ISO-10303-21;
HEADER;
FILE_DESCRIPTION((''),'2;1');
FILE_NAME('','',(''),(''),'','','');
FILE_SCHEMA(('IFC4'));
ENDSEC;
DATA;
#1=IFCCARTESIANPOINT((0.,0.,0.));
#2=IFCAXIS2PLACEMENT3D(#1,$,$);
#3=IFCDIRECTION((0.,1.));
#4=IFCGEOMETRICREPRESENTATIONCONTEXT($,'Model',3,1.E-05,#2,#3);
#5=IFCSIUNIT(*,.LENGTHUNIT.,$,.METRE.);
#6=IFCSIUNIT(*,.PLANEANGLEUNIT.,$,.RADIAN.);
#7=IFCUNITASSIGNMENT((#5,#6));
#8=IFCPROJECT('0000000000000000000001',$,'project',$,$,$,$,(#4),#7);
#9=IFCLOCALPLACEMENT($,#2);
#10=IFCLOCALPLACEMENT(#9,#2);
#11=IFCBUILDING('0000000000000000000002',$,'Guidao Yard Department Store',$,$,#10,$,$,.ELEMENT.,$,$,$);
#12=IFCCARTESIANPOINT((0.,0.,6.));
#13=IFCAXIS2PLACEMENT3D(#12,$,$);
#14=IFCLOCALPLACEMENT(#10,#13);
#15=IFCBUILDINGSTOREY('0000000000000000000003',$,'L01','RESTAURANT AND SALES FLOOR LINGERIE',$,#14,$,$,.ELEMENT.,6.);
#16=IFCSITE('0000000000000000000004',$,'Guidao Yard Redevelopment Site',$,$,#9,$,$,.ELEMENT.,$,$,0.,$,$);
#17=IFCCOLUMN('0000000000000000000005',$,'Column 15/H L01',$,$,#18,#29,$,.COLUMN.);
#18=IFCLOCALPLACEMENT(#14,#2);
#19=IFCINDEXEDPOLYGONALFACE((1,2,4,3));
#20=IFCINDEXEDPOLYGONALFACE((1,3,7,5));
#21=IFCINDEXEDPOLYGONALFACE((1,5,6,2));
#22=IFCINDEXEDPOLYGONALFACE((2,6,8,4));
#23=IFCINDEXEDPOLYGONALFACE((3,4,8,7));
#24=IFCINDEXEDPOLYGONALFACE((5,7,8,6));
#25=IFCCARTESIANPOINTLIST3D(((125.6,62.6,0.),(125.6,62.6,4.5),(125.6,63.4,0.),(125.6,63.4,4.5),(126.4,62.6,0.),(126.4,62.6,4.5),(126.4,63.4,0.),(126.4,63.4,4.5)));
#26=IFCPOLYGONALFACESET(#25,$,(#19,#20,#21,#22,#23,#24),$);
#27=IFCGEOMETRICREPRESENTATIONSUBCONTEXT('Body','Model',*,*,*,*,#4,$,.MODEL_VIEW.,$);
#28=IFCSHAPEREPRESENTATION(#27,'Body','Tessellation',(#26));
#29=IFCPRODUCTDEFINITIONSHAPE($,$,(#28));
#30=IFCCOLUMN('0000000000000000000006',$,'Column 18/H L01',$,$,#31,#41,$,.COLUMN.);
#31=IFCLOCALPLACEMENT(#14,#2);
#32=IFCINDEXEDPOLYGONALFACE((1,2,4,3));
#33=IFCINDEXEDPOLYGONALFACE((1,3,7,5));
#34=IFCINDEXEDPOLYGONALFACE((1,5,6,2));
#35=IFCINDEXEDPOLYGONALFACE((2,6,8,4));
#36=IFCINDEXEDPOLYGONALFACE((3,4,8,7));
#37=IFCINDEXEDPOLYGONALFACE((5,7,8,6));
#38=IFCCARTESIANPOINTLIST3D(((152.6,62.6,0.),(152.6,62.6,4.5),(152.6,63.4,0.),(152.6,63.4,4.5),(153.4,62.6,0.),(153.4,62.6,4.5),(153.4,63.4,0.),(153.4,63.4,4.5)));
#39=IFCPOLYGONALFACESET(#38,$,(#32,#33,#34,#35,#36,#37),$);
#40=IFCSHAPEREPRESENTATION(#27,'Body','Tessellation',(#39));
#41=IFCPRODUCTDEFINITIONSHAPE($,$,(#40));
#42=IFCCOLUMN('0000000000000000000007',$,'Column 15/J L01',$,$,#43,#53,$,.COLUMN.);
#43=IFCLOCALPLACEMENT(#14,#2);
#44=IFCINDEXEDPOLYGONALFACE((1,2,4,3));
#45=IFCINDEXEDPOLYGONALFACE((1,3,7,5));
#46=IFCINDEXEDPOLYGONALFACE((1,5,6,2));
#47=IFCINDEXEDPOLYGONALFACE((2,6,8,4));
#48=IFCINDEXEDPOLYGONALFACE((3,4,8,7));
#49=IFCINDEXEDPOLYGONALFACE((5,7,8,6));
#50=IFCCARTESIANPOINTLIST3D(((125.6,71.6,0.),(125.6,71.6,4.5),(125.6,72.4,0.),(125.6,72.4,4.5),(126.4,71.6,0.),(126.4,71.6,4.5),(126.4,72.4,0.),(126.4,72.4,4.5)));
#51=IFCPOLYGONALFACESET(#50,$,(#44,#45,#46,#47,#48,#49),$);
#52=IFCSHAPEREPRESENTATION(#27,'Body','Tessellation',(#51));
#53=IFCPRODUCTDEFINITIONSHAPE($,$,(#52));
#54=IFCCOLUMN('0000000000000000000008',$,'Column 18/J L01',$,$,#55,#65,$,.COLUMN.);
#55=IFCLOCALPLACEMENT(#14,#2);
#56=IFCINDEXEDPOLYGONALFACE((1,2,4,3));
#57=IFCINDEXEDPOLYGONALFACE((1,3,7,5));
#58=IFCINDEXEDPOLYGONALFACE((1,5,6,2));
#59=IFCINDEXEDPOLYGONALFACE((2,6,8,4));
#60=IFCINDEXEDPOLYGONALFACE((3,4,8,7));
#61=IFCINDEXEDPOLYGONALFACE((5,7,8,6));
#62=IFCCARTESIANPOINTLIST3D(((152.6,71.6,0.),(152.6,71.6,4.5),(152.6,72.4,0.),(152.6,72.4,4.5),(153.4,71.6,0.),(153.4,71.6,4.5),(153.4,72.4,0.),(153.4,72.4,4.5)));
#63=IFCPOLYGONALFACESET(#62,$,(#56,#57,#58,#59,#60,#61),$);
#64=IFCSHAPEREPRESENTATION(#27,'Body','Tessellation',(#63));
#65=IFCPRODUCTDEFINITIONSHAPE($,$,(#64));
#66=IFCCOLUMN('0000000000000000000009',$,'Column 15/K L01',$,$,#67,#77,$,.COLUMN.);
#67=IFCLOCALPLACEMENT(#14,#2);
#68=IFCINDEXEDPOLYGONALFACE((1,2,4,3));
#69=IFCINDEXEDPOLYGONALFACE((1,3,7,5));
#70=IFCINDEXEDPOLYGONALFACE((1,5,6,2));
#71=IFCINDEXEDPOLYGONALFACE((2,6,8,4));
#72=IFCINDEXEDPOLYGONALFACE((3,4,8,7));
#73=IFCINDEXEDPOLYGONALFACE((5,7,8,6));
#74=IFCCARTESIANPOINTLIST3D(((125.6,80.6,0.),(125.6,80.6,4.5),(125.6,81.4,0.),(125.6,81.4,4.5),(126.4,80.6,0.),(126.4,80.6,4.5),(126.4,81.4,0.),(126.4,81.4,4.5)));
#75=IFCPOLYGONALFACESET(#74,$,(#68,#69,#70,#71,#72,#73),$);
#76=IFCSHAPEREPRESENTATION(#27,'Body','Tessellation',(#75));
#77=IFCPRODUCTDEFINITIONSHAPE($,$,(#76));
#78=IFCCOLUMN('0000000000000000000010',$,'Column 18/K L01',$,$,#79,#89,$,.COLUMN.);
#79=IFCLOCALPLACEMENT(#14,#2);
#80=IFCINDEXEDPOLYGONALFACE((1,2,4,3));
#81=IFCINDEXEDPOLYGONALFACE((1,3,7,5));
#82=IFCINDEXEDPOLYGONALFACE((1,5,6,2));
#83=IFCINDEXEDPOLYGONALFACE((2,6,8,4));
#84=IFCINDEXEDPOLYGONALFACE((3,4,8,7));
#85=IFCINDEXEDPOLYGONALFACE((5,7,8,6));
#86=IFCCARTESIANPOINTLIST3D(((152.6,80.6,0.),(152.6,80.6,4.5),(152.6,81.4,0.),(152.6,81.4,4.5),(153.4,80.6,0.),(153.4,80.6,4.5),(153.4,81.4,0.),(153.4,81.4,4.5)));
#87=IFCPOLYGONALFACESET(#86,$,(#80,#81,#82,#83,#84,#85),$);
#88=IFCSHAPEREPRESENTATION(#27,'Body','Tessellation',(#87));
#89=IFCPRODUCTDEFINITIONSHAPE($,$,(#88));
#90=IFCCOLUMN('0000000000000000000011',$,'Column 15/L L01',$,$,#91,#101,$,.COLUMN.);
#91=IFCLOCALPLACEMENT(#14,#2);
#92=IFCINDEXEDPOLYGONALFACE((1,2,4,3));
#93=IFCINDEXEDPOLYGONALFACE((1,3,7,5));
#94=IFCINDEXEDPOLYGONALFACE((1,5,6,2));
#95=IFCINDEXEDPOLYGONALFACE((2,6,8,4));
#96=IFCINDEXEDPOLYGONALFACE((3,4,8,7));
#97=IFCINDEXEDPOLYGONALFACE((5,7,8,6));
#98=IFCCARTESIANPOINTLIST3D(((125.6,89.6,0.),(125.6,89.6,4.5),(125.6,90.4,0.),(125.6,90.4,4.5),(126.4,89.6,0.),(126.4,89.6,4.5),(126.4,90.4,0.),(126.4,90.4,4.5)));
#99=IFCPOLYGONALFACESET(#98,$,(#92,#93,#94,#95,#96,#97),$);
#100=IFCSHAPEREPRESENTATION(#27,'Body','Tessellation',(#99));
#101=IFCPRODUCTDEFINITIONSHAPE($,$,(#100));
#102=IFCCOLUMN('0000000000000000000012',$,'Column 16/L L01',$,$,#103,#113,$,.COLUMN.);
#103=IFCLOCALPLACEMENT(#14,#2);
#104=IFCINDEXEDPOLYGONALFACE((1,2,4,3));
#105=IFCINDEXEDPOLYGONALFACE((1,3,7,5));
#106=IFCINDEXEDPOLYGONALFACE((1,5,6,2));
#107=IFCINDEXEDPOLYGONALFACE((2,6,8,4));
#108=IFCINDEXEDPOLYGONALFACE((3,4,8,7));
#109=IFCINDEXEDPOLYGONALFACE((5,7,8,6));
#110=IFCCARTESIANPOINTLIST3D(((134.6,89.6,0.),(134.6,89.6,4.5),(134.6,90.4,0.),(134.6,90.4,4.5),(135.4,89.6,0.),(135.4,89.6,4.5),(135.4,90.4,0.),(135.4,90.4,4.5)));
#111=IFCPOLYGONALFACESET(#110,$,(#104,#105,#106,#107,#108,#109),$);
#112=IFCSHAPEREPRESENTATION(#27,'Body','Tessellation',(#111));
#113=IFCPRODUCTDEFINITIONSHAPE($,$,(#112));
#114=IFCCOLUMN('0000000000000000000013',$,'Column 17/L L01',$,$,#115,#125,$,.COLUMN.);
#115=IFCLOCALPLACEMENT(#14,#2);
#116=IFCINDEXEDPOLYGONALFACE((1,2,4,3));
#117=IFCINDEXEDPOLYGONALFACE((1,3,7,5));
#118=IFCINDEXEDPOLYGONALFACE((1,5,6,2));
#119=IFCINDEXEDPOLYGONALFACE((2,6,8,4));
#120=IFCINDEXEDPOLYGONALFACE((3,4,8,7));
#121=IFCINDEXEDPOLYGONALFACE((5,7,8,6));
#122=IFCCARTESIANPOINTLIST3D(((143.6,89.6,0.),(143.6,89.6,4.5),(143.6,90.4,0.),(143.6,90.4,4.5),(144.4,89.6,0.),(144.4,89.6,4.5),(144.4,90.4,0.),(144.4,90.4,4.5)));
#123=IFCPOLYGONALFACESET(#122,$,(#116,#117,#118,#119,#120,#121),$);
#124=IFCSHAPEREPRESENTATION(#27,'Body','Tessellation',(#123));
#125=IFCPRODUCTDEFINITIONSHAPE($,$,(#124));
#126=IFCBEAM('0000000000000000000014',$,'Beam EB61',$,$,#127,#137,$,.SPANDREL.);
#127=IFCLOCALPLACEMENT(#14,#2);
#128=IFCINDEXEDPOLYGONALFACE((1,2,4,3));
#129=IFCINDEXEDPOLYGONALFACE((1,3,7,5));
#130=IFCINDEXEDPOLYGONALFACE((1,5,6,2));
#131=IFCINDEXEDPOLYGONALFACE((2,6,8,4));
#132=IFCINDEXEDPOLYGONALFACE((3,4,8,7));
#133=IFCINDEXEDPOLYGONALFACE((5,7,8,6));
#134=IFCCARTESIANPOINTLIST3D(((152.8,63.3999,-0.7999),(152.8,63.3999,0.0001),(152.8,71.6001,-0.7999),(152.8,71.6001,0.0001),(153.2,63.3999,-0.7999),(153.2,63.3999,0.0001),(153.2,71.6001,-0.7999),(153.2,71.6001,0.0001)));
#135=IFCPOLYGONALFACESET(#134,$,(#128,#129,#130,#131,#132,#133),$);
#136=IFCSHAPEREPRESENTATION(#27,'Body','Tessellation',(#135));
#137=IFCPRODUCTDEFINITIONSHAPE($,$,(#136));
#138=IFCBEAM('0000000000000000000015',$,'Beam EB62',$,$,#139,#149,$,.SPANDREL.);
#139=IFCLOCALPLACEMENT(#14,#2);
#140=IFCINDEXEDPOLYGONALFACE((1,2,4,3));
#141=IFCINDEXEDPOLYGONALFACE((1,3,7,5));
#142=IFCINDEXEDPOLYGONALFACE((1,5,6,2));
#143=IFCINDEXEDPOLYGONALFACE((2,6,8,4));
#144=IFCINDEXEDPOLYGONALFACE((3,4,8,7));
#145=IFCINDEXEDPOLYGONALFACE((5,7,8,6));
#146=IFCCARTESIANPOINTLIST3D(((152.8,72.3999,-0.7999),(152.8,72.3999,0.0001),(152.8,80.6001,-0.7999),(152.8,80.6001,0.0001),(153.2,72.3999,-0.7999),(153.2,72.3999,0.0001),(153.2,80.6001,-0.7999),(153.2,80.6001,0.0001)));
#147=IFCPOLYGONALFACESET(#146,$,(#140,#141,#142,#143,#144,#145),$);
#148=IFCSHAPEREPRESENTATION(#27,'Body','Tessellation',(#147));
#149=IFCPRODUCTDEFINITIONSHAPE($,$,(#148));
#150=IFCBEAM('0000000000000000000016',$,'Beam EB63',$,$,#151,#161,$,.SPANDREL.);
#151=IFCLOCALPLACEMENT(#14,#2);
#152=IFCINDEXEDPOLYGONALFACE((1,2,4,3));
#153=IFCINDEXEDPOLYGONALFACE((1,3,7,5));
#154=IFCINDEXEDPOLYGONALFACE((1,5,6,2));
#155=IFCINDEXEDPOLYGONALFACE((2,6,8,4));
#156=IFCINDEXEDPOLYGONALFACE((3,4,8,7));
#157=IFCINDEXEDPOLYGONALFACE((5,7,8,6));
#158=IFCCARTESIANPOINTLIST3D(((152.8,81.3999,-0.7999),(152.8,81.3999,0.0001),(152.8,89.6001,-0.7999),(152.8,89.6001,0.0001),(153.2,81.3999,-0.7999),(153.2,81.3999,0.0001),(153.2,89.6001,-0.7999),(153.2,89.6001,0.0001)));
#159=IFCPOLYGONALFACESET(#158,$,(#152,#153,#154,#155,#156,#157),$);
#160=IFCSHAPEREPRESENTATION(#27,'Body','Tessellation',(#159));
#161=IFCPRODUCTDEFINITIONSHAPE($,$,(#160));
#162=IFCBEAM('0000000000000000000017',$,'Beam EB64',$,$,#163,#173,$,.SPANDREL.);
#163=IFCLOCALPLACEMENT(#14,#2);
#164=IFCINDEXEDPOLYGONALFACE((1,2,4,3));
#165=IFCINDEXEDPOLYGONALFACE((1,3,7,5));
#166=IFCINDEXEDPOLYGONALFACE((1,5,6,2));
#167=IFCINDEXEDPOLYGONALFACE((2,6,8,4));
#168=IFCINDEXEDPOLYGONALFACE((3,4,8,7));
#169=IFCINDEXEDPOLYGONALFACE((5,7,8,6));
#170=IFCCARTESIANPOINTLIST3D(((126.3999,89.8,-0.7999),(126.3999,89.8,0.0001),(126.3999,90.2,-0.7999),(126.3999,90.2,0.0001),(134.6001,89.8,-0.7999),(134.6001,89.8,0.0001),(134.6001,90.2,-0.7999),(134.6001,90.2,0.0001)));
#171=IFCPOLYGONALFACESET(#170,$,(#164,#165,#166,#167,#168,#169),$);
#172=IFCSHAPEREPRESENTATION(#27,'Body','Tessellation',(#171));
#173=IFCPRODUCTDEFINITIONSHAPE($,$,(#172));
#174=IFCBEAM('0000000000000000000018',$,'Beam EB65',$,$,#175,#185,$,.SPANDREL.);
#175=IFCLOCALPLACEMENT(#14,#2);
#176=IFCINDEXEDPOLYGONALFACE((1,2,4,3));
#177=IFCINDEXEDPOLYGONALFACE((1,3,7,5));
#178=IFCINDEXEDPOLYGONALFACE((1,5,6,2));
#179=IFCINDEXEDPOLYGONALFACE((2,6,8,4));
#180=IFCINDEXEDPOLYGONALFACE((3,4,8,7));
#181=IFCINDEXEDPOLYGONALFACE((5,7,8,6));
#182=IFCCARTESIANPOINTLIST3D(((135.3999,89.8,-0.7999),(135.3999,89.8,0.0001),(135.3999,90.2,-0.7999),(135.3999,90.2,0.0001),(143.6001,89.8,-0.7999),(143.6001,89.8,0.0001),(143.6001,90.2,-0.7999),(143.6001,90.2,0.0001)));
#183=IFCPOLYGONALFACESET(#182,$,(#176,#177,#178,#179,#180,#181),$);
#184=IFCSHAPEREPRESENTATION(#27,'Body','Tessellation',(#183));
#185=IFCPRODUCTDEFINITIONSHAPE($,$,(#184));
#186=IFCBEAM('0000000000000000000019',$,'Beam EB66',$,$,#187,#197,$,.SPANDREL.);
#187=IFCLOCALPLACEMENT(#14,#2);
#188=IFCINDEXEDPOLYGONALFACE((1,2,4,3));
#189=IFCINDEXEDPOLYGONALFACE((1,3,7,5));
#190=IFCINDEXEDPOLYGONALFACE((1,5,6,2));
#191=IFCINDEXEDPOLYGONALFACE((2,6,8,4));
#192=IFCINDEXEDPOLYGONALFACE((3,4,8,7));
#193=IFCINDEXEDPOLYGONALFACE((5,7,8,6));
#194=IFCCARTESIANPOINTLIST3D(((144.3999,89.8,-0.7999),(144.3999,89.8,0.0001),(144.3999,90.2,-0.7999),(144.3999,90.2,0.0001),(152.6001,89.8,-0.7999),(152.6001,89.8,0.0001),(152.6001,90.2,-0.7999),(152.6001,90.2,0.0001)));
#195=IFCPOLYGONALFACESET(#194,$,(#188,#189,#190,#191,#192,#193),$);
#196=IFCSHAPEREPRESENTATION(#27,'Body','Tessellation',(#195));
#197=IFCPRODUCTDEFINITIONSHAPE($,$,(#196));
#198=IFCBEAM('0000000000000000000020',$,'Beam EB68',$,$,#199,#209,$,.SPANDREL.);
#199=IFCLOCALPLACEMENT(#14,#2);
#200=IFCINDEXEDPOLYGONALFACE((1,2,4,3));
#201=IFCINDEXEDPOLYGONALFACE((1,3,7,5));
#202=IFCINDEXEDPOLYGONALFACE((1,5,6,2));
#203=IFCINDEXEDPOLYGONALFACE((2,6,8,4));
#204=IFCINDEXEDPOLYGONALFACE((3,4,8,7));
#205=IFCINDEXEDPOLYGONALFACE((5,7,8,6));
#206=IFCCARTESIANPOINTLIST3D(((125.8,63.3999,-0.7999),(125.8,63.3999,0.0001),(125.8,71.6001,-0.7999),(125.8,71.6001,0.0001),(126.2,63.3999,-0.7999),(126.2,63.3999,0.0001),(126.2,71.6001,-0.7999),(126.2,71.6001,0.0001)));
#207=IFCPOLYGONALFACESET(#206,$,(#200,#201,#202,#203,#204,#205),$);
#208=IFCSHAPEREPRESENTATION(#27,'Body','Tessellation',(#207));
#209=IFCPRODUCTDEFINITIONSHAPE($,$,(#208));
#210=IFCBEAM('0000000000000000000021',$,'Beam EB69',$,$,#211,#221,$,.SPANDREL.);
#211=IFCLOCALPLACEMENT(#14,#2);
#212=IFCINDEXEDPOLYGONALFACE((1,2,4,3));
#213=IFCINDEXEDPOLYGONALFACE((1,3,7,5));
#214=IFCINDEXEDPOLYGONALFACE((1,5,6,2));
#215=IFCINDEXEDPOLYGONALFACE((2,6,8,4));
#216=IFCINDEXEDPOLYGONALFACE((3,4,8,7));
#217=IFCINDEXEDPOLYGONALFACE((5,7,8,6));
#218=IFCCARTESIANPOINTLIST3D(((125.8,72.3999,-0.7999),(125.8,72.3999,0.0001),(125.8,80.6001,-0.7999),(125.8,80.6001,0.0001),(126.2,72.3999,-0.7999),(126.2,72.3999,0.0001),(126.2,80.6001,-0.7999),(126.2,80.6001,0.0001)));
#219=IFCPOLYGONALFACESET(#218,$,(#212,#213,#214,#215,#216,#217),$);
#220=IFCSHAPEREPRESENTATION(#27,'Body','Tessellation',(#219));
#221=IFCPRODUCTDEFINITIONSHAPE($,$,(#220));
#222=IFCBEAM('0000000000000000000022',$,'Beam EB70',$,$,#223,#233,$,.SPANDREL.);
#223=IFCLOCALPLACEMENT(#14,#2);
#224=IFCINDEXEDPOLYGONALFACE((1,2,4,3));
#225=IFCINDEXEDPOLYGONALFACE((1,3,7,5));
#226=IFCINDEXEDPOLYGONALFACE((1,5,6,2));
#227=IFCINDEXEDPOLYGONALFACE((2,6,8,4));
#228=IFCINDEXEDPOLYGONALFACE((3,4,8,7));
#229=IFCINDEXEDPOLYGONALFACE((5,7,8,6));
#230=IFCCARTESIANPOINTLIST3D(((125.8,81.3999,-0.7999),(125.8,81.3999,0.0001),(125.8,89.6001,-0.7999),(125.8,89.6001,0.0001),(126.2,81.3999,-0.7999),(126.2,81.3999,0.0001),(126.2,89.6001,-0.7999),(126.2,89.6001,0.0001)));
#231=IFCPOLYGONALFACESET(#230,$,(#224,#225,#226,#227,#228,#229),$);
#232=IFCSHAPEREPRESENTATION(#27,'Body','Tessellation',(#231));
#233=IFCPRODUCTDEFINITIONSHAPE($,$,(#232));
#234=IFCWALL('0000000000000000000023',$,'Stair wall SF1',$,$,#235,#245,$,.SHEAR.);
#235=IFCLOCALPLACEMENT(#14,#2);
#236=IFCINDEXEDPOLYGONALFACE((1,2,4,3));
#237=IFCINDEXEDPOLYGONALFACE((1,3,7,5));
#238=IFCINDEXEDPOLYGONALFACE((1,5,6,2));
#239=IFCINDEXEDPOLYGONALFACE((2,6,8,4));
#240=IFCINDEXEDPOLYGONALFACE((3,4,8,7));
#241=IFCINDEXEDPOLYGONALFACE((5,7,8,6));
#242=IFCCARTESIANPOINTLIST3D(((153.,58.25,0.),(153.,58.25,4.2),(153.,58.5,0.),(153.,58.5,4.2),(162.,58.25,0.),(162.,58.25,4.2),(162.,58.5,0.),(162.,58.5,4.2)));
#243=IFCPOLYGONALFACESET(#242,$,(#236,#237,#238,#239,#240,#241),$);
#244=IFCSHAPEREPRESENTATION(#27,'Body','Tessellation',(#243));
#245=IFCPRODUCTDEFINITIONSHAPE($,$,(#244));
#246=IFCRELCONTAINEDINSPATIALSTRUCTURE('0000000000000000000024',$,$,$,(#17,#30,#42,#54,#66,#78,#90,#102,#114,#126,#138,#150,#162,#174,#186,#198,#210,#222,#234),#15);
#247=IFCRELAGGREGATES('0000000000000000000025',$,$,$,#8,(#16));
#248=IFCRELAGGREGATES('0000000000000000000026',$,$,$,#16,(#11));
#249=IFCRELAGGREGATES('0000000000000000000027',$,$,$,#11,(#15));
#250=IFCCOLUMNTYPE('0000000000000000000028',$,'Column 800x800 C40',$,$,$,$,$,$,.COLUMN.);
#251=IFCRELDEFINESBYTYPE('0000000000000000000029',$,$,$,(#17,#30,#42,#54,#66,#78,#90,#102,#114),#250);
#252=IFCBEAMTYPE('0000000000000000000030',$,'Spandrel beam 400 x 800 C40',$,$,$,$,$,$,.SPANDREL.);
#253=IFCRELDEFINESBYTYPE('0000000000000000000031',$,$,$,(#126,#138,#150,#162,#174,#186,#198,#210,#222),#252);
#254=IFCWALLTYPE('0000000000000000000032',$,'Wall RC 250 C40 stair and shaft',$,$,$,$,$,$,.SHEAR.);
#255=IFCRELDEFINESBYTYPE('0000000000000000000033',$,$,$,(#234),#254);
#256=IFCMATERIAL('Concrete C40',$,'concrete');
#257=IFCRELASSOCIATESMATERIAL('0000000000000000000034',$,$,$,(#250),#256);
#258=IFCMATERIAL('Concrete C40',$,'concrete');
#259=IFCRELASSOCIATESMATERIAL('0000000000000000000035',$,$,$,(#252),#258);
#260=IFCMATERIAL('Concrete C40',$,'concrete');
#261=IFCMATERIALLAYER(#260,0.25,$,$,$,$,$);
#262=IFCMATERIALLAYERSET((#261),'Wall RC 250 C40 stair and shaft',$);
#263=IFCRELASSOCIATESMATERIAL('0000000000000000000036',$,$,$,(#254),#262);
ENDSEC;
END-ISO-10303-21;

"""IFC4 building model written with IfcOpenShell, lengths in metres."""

from ifc_helpers import new_model, si_unit, direction, frame, frame_2d, origin, origin_2d, place, context, subcontext, project, spatial, rectangle, extrude, material, layer, layer_set, material_profile, profile_set, type_object, element, save


model = new_model("IFC4")

# Units and contexts
model_context = context("Model", 3, precision=1e-05, world=origin(), true_north=direction((0.0, 1.0)))
body_context = subcontext(model_context, "Body", "Model", "MODEL_VIEW")
ifc_project = project(units=[si_unit("LENGTHUNIT", "METRE"), si_unit("PLANEANGLEUNIT", "RADIAN")], contexts=[model_context])

# Site, building, storey
site_placement = place(None, origin())
site = spatial("IfcSite", under=ifc_project, at=site_placement, Name="Guidao Yard Redevelopment Site", CompositionType="ELEMENT", RefElevation=0.0)
building_placement = place(site_placement, origin())
building = spatial("IfcBuilding", under=site, at=building_placement, Name="Guidao Yard Department Store", CompositionType="ELEMENT")
storey_placement = place(building_placement, frame((0.0, 0.0, 6.0)))
storey = spatial("IfcBuildingStorey", under=building, at=storey_placement, Name="L01", Description="RESTAURANT AND SALES FLOOR LINGERIE", CompositionType="ELEMENT", Elevation=6.0)

# Columns
ifc_material_1 = material(Name="Concrete C40", Category="concrete")
ifc_material_profile_1 = material_profile(ifc_material_1, rectangle(XDim=0.8, YDim=0.8, at=origin_2d()), Name="COL 800x800")
ifc_profile_set_1 = profile_set([ifc_material_profile_1], Name="Concrete C40")
column_type = type_object("IfcColumnType", Name="Column 800x800 C40", PredefinedType="COLUMN", material=ifc_profile_set_1)
for number, where, z_axis, x_axis, name in (
    (1, (126.0, 63.0, 0.0), (0.0, 0.0, 1.0), (1.0, 0.0, 0.0), "Column 15/H L01"),
    (2, (153.0, 63.0, 0.0), (0.0, 0.0, 1.0), (1.0, 0.0, 0.0), "Column 18/H L01"),
    (3, (126.0, 72.0, 0.0), (0.0, 0.0, 1.0), (1.0, 0.0, 0.0), "Column 15/J L01"),
    (4, (153.0, 72.0, 0.0), (0.0, 0.0, 1.0), (1.0, 0.0, 0.0), "Column 18/J L01"),
    (5, (126.0, 81.0, 0.0), (0.0, 0.0, 1.0), (1.0, 0.0, 0.0), "Column 15/K L01"),
    (6, (153.0, 81.0, 0.0), (0.0, 0.0, 1.0), (1.0, 0.0, 0.0), "Column 18/K L01"),
    (7, (126.0, 90.0, 0.0), (0.0, 0.0, 1.0), (1.0, 0.0, 0.0), "Column 15/L L01"),
    (8, (135.0, 90.0, 0.0), (0.0, 0.0, 1.0), (1.0, 0.0, 0.0), "Column 16/L L01"),
    (9, (144.0, 90.0, 0.0), (0.0, 0.0, 1.0), (1.0, 0.0, 0.0), "Column 17/L L01"),
):
    element("IfcColumn", number, at=place(storey_placement, frame(where, z_axis=z_axis, x_axis=x_axis)), inside=storey, type_object=column_type, Name=name, PredefinedType="COLUMN", context=body_context, shape_type="SweptSolid", body=[
        extrude(rectangle(XDim=0.8, YDim=0.8, at=origin_2d()), origin(), (0.0, 0.0, 1.0), 4.5),
    ])

# Beams
ifc_material_2 = material(Name="Concrete C40", Category="concrete")
ifc_material_profile_2 = material_profile(ifc_material_2, rectangle(XDim=0.3999, YDim=0.8, at=origin_2d()), Name="Spandrel beam 400 x 800 C40")
ifc_profile_set_2 = profile_set([ifc_material_profile_2], Name="Concrete C40")
beam_type = type_object("IfcBeamType", Name="Spandrel beam 400 x 800 C40", PredefinedType="SPANDREL", material=ifc_profile_set_2)
for number, where, z_axis, x_axis, name in (
    (10, (153.0, 63.3999, -0.3999), (0.0, 1.0, 0.0), (-1.0, 0.0, 0.0), "Beam EB61"),
    (11, (153.0, 72.3999, -0.3999), (0.0, 1.0, 0.0), (-1.0, 0.0, 0.0), "Beam EB62"),
    (12, (153.0, 81.3999, -0.3999), (0.0, 1.0, 0.0), (-1.0, 0.0, 0.0), "Beam EB63"),
    (13, (126.3999, 90.0, -0.3999), (1.0, 0.0, 0.0), (0.0, 1.0, 0.0), "Beam EB64"),
    (14, (135.3999, 90.0, -0.3999), (1.0, 0.0, 0.0), (0.0, 1.0, 0.0), "Beam EB65"),
    (15, (144.3999, 90.0, -0.3999), (1.0, 0.0, 0.0), (0.0, 1.0, 0.0), "Beam EB66"),
    (16, (126.0, 63.3999, -0.3999), (0.0, 1.0, 0.0), (-1.0, 0.0, 0.0), "Beam EB68"),
    (17, (126.0, 72.3999, -0.3999), (0.0, 1.0, 0.0), (-1.0, 0.0, 0.0), "Beam EB69"),
    (18, (126.0, 81.3999, -0.3999), (0.0, 1.0, 0.0), (-1.0, 0.0, 0.0), "Beam EB70"),
):
    element("IfcBeam", number, at=place(storey_placement, frame(where, z_axis=z_axis, x_axis=x_axis)), inside=storey, type_object=beam_type, Name=name, PredefinedType="SPANDREL", context=body_context, shape_type="SweptSolid", body=[
        extrude(rectangle(XDim=0.3999, YDim=0.8, at=origin_2d()), origin(), (0.0, 0.0, 1.0), 8.2002),
    ])

# Wall
ifc_material_3 = material(Name="Concrete C40", Category="concrete")
ifc_layer = layer(ifc_material_3, 0.25)
ifc_layer_set = layer_set([ifc_layer], Name="Wall RC 250 C40 stair and shaft")
wall_type = type_object("IfcWallType", Name="Wall RC 250 C40 stair and shaft", PredefinedType="SHEAR", material=ifc_layer_set)
wall_placement = place(storey_placement, frame((153.0, 58.375, 0.0), z_axis=(0.0, 0.0, 1.0), x_axis=(1.0, 0.0, 0.0)))
element("IfcWall", 19, at=wall_placement, inside=storey, type_object=wall_type, Name="Stair wall SF1", PredefinedType="SHEAR", context=body_context, shape_type="SweptSolid", body=[
    extrude(rectangle(XDim=9.0, YDim=0.25, at=frame_2d((4.5, 0.0))), origin(), (0.0, 0.0, 1.0), 4.2),
])

save(model, "model.ifc")
